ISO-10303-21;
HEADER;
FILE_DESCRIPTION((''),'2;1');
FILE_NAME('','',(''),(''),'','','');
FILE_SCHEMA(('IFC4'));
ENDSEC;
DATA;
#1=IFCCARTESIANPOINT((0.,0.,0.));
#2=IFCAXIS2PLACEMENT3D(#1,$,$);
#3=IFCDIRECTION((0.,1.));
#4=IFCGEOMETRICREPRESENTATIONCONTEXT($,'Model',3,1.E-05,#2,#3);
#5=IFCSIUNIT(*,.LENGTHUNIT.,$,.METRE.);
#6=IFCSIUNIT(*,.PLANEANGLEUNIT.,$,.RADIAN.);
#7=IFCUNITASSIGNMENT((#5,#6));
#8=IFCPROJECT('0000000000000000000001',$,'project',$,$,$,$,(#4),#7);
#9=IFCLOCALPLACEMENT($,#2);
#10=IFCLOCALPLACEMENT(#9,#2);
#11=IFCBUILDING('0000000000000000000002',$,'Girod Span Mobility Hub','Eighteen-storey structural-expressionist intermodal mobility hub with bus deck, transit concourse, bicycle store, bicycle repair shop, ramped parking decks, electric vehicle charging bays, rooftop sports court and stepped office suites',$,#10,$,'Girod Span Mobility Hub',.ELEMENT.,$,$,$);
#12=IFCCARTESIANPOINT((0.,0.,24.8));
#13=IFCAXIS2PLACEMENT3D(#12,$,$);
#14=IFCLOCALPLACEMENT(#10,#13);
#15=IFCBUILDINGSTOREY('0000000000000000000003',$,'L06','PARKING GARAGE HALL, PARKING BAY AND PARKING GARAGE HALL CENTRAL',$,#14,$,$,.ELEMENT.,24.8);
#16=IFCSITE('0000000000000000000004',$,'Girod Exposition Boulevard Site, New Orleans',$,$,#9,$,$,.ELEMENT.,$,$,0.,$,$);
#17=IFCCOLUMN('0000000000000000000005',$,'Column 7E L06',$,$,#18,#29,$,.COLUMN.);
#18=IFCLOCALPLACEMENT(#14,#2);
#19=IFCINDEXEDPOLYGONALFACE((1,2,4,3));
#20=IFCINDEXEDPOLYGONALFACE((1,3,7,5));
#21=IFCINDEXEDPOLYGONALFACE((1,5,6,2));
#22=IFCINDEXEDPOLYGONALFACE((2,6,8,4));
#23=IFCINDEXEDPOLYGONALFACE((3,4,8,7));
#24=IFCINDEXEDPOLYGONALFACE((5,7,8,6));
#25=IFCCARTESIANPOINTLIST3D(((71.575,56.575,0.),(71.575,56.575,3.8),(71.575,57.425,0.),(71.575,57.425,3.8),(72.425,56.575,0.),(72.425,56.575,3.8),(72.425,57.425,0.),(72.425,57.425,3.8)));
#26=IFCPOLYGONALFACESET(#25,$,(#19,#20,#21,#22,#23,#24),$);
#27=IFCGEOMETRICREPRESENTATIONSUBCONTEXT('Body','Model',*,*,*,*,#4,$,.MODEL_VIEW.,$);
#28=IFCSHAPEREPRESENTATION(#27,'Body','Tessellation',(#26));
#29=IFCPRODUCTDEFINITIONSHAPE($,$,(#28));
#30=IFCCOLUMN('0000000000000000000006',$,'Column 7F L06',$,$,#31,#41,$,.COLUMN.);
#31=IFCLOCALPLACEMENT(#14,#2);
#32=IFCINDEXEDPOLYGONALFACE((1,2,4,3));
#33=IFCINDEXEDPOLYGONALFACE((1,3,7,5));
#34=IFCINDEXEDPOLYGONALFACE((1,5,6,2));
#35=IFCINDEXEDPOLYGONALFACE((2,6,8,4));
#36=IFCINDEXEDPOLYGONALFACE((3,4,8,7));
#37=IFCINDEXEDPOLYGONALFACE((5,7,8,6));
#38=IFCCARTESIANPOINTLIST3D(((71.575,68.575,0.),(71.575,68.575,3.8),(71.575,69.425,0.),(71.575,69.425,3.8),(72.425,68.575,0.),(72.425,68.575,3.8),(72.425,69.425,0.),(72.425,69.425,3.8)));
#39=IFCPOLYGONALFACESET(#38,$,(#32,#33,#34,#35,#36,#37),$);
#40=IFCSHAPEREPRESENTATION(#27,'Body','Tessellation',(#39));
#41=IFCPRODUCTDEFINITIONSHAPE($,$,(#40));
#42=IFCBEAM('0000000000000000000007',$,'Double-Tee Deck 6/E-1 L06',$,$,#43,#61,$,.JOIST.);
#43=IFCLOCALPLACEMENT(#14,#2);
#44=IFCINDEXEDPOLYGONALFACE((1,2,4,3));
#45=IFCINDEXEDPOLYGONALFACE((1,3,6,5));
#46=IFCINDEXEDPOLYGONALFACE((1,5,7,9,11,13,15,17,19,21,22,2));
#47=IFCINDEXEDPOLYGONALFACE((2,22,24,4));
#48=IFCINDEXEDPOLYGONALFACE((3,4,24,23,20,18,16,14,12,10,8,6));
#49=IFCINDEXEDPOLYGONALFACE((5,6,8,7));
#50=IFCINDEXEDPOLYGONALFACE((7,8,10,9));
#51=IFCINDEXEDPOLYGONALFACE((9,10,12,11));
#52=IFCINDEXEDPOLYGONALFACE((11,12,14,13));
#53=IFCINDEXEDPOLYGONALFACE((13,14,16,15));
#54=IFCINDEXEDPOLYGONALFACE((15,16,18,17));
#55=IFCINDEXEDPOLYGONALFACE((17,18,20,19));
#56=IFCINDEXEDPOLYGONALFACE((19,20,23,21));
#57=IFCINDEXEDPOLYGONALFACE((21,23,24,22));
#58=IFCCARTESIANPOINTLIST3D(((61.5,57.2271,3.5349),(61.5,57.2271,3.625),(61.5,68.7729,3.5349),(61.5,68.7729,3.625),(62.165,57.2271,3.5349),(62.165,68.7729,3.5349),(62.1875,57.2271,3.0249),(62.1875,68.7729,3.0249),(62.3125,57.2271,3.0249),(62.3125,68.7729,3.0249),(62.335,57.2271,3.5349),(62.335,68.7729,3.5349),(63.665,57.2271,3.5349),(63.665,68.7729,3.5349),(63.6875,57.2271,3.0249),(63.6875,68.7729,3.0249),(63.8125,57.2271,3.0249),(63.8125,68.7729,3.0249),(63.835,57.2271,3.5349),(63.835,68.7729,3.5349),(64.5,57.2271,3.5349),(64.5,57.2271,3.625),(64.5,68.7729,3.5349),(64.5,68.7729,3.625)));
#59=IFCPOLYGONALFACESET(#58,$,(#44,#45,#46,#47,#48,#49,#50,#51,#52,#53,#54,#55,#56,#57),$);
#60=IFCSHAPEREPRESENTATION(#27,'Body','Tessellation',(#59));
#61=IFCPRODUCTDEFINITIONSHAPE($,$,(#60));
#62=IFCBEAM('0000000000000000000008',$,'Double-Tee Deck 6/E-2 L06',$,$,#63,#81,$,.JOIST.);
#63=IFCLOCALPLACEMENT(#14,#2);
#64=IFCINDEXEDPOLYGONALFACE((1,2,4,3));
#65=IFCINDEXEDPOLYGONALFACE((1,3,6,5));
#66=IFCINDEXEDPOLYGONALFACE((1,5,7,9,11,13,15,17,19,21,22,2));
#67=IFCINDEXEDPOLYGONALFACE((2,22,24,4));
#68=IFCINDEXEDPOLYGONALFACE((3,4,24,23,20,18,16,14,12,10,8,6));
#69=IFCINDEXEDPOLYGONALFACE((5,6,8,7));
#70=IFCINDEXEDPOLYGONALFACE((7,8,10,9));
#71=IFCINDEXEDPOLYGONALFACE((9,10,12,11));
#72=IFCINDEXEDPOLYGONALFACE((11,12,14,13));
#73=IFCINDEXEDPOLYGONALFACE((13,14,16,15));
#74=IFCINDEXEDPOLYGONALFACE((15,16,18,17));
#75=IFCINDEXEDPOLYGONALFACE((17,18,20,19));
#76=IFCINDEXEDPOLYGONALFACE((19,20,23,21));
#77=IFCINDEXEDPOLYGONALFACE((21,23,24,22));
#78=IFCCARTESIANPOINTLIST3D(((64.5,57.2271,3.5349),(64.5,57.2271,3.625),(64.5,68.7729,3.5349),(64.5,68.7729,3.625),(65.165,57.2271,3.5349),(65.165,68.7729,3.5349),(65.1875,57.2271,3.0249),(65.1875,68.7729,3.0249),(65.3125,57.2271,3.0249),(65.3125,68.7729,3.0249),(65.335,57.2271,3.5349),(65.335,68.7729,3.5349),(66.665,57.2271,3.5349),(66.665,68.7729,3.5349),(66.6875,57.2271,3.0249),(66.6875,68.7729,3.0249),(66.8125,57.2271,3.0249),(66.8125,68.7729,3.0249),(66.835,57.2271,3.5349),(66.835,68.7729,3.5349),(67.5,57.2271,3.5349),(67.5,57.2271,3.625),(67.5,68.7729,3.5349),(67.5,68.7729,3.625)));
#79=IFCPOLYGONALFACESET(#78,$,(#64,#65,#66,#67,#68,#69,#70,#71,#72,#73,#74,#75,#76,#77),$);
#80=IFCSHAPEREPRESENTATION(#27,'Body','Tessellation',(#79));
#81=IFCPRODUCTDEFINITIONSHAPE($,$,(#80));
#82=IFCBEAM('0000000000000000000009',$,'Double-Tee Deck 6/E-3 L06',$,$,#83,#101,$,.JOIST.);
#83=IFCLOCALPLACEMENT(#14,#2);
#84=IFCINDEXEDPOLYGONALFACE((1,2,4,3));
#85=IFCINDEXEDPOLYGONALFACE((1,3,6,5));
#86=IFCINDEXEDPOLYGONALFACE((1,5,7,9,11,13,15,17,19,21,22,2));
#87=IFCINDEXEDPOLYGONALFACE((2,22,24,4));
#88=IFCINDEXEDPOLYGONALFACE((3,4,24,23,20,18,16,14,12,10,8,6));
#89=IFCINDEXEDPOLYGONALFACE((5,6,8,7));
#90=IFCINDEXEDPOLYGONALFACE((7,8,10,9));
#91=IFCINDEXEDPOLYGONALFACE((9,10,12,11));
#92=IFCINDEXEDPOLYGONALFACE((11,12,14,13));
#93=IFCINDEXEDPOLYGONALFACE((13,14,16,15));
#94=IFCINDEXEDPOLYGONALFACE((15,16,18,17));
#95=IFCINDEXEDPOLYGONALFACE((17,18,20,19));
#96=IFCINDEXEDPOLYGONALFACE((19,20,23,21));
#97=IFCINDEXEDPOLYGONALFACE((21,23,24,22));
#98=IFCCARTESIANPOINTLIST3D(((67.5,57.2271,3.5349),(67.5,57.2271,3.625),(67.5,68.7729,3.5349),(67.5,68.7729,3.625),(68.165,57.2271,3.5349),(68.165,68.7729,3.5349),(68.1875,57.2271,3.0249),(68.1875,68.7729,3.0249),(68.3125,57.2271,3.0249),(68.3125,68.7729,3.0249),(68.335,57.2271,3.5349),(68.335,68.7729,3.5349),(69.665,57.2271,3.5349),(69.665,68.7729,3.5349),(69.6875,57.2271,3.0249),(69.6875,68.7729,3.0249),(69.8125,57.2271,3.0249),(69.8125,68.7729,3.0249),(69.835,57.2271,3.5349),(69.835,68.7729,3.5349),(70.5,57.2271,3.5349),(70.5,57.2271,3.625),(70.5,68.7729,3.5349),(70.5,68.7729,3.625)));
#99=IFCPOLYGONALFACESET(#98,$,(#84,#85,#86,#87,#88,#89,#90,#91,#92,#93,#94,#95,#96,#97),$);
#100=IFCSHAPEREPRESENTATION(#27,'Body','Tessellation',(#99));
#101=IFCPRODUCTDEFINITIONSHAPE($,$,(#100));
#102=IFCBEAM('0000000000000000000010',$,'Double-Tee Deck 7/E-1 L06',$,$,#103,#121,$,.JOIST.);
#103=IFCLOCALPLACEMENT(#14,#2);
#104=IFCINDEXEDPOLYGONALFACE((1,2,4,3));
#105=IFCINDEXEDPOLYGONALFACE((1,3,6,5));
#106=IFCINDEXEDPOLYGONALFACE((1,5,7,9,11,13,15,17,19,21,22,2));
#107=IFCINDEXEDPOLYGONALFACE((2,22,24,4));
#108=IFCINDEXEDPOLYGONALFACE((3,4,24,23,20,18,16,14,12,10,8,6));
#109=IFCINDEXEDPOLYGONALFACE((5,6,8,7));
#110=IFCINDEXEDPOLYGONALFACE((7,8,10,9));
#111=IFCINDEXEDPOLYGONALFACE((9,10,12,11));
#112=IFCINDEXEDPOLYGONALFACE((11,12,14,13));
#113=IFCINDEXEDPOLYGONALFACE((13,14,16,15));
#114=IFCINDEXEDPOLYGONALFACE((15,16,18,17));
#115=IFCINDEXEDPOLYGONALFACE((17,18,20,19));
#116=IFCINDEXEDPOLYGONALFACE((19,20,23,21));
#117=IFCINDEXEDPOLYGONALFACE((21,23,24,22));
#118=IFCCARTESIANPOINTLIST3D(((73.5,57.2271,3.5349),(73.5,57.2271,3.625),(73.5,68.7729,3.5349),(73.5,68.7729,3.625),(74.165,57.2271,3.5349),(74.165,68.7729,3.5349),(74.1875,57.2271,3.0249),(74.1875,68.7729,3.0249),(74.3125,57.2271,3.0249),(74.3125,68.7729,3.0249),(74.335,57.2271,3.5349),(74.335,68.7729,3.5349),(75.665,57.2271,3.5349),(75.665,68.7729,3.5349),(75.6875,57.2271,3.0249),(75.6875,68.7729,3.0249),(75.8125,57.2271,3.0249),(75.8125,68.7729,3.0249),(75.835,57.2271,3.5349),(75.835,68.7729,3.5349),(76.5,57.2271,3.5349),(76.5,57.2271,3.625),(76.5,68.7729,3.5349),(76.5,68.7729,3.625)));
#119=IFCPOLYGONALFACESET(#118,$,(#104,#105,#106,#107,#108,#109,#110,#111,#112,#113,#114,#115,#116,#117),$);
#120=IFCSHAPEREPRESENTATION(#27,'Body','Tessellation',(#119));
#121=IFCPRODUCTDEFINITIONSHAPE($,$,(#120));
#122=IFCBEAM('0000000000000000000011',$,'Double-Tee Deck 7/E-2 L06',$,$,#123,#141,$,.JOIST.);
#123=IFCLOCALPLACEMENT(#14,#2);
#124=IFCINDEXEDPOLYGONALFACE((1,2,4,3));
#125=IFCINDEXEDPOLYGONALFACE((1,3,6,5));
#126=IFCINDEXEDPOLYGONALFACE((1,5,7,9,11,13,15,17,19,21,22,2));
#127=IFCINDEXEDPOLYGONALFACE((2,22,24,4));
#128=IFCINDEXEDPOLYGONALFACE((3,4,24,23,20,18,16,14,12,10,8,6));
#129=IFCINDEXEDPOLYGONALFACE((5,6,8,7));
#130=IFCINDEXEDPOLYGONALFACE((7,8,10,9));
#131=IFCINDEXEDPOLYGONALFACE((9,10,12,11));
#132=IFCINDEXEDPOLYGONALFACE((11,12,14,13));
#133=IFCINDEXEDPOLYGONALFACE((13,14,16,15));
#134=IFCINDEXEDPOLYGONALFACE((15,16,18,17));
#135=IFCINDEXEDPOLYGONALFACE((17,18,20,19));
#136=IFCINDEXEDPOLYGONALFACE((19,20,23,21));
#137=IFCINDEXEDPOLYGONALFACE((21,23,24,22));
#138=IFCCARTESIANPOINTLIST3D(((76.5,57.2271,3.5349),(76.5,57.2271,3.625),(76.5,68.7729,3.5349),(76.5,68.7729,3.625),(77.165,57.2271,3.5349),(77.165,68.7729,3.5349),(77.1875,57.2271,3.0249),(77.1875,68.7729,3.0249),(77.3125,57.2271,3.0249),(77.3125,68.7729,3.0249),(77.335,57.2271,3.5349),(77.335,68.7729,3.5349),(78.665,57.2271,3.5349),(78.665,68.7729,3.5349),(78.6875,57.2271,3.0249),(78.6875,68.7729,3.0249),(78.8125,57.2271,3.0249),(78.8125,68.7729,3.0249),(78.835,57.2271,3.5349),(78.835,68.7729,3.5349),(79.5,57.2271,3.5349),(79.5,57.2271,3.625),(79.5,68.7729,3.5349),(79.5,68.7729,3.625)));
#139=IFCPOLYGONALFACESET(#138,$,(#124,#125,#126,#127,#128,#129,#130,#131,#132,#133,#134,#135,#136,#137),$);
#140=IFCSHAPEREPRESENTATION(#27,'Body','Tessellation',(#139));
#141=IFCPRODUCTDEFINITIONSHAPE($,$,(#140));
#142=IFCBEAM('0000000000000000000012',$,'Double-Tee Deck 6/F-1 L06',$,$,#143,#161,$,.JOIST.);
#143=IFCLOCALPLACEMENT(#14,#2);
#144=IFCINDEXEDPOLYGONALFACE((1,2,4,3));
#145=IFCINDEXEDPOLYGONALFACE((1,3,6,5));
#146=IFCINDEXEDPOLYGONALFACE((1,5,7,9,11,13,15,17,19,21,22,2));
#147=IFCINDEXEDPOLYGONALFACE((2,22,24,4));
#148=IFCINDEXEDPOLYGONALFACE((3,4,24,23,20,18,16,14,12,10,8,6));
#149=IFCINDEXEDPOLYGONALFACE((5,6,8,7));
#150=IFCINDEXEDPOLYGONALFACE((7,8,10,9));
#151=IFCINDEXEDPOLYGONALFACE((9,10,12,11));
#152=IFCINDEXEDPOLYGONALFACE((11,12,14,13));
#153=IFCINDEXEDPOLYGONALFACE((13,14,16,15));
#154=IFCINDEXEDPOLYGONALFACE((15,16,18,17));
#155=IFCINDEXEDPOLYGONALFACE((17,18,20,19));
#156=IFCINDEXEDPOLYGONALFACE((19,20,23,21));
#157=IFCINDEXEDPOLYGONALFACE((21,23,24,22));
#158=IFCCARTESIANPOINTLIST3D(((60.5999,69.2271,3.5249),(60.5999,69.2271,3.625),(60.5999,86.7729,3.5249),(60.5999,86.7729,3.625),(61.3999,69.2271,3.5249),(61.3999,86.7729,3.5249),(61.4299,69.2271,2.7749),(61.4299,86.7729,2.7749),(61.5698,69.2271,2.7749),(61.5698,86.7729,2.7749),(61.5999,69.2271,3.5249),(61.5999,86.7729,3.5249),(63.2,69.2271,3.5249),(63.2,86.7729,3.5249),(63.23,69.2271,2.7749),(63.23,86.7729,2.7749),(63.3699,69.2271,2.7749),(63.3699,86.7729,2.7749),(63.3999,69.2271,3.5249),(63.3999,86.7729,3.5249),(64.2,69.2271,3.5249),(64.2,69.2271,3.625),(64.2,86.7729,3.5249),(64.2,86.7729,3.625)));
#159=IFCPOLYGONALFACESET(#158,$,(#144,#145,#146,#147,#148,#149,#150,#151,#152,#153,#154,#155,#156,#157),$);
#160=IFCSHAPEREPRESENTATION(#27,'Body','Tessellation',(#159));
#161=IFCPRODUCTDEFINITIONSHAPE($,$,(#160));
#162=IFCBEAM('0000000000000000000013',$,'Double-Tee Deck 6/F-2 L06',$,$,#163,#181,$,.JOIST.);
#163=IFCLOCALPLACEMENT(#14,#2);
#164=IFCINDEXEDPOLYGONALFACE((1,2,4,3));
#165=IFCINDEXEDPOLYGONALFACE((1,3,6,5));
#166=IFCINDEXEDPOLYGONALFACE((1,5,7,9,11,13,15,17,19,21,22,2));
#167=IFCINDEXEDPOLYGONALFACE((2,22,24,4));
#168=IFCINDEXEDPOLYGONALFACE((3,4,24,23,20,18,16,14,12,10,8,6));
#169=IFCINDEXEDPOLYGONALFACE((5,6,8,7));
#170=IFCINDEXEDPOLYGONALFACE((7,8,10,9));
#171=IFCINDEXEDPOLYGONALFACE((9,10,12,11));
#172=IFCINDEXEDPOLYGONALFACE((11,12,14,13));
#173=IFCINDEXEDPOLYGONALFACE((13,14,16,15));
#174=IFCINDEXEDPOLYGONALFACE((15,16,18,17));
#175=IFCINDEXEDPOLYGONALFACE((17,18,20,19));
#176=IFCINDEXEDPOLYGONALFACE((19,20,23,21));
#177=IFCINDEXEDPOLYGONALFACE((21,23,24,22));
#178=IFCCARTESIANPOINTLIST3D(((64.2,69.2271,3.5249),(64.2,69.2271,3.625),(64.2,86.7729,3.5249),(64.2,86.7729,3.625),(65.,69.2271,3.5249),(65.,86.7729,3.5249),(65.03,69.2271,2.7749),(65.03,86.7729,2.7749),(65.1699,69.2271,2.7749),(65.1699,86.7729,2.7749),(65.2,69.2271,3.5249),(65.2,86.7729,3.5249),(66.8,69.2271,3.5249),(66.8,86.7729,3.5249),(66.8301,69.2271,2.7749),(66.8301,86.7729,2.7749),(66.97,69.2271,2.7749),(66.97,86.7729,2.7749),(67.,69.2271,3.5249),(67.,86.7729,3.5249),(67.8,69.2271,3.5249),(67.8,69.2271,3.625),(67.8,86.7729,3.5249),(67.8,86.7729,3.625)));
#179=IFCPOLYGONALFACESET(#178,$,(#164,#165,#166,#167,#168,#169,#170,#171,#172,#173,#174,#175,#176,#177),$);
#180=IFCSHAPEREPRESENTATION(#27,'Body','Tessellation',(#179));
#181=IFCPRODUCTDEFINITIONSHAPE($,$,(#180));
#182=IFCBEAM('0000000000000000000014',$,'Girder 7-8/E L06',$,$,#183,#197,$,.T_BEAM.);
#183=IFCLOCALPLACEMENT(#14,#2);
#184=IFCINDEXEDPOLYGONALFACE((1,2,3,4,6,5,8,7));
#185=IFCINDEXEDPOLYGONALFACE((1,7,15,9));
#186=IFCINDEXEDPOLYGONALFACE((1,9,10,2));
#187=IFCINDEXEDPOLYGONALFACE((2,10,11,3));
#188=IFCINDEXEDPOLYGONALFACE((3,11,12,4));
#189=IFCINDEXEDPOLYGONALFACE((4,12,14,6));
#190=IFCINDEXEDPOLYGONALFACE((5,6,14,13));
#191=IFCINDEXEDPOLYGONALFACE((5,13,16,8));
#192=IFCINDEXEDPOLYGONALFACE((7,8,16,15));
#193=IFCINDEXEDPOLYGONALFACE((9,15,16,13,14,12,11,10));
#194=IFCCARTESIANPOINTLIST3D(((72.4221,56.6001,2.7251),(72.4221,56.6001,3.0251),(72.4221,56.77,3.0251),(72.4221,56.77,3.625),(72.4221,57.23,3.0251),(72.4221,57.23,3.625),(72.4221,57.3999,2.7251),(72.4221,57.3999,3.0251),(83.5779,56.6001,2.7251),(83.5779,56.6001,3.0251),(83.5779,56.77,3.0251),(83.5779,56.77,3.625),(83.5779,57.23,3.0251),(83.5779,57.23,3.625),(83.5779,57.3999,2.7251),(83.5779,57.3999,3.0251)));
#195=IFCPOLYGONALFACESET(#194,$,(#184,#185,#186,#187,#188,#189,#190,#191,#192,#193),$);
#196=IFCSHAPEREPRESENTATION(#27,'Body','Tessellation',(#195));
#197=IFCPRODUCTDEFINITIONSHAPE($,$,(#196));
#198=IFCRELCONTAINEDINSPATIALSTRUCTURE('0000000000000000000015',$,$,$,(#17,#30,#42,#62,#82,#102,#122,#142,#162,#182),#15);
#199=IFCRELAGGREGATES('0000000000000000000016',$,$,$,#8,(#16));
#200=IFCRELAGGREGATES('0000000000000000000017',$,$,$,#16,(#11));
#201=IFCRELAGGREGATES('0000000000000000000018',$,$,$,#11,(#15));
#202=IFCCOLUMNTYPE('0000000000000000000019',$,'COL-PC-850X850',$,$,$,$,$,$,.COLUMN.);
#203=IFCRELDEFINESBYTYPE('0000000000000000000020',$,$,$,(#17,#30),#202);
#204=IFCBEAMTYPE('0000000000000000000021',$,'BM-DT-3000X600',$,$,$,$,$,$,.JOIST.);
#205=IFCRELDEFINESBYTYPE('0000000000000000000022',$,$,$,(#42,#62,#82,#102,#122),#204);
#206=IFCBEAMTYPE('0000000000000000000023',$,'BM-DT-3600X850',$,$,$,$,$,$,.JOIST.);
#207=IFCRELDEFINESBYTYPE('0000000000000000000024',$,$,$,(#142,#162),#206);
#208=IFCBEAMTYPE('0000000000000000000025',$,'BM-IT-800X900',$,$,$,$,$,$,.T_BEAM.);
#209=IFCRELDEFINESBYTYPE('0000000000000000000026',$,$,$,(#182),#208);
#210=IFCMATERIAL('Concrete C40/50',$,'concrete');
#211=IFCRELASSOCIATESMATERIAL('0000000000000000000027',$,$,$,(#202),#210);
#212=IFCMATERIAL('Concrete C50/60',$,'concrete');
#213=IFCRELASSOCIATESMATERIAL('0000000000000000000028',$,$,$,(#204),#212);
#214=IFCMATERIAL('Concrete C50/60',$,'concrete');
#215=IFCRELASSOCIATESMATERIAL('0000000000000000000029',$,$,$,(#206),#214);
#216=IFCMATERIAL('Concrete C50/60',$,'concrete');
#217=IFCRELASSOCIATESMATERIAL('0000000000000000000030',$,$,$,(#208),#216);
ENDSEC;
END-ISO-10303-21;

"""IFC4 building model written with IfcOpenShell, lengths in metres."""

from ifc_helpers import new_model, si_unit, direction, frame, origin, origin_2d, place, context, subcontext, project, spatial, polyline, rectangle, outline, extrude, material, material_profile, profile_set, type_object, element, save


model = new_model("IFC4")

# Units and contexts
model_context = context("Model", 3, precision=1e-05, world=origin(), true_north=direction((0.0, 1.0)))
body_context = subcontext(model_context, "Body", "Model", "MODEL_VIEW")
ifc_project = project(units=[si_unit("LENGTHUNIT", "METRE"), si_unit("PLANEANGLEUNIT", "RADIAN")], contexts=[model_context])

# Site, building, storey
site_placement = place(None, origin())
site = spatial("IfcSite", under=ifc_project, at=site_placement, Name="Girod Exposition Boulevard Site, New Orleans", CompositionType="ELEMENT", RefElevation=0.0)
building_placement = place(site_placement, origin())
building = spatial("IfcBuilding", under=site, at=building_placement, Name="Girod Span Mobility Hub", Description="Eighteen-storey structural-expressionist intermodal mobility hub with bus deck, transit concourse, bicycle store, bicycle repair shop, ramped parking decks, electric vehicle charging bays, rooftop sports court and stepped office suites", LongName="Girod Span Mobility Hub", CompositionType="ELEMENT")
storey_placement = place(building_placement, frame((0.0, 0.0, 24.8)))
storey = spatial("IfcBuildingStorey", under=building, at=storey_placement, Name="L06", Description="PARKING GARAGE HALL, PARKING BAY AND PARKING GARAGE HALL CENTRAL", CompositionType="ELEMENT", Elevation=24.8)

# Columns
ifc_material_1 = material(Name="Concrete C40/50", Category="concrete")
ifc_material_profile_1 = material_profile(ifc_material_1, rectangle(XDim=0.8501, YDim=0.8501, at=origin_2d()), Name="PC-COL-850X850")
ifc_profile_set_1 = profile_set([ifc_material_profile_1], Name="Concrete C40/50")
column_type = type_object("IfcColumnType", Name="COL-PC-850X850", PredefinedType="COLUMN", material=ifc_profile_set_1)
for number, where, z_axis, x_axis, name in (
    (1, (72.0, 57.0, 0.0), (0.0, 0.0, 1.0), (1.0, 0.0, 0.0), "Column 7E L06"),
    (2, (72.0, 69.0, 0.0), (0.0, 0.0, 1.0), (1.0, 0.0, 0.0), "Column 7F L06"),
):
    element("IfcColumn", number, at=place(storey_placement, frame(where, z_axis=z_axis, x_axis=x_axis)), inside=storey, type_object=column_type, Name=name, PredefinedType="COLUMN", context=body_context, shape_type="SweptSolid", body=[
        extrude(rectangle(XDim=0.8501, YDim=0.8501, at=origin_2d()), origin(), (0.0, 0.0, 1.0), 3.8),
    ])

# Beams
ifc_material_2 = material(Name="Concrete C50/60", Category="concrete")
ifc_material_profile_2 = material_profile(ifc_material_2, outline(polyline([(-1.5, 0.3), (-1.5, 0.21), (-0.835, 0.21), (-0.8125, -0.3), (-0.6875, -0.3), (-0.665, 0.21), (0.665, 0.21), (0.6875, -0.3), (0.8125, -0.3), (0.835, 0.21), (1.5, 0.21), (1.5, 0.3), (-1.5, 0.3)])), Name="DT-3000X600")
ifc_profile_set_2 = profile_set([ifc_material_profile_2], Name="Concrete C50/60")
beam_type_1 = type_object("IfcBeamType", Name="BM-DT-3000X600", PredefinedType="JOIST", material=ifc_profile_set_2)
for number, where, z_axis, x_axis, name in (
    (3, (63.0, 57.2271, 3.325), (0.0, 1.0, 0.0), (-1.0, 0.0, 0.0), "Double-Tee Deck 6/E-1 L06"),
    (4, (66.0, 57.2271, 3.325), (0.0, 1.0, 0.0), (-1.0, 0.0, 0.0), "Double-Tee Deck 6/E-2 L06"),
    (5, (69.0, 57.2271, 3.325), (0.0, 1.0, 0.0), (-1.0, 0.0, 0.0), "Double-Tee Deck 6/E-3 L06"),
    (6, (75.0, 57.2271, 3.325), (0.0, 1.0, 0.0), (-1.0, 0.0, 0.0), "Double-Tee Deck 7/E-1 L06"),
    (7, (78.0, 57.2271, 3.325), (0.0, 1.0, 0.0), (-1.0, 0.0, 0.0), "Double-Tee Deck 7/E-2 L06"),
):
    element("IfcBeam", number, at=place(storey_placement, frame(where, z_axis=z_axis, x_axis=x_axis)), inside=storey, type_object=beam_type_1, Name=name, PredefinedType="JOIST", context=body_context, shape_type="SweptSolid", body=[
        extrude(outline(polyline([(-1.5, 0.3), (-1.5, 0.21), (-0.835, 0.21), (-0.8125, -0.3), (-0.6875, -0.3), (-0.665, 0.21), (0.665, 0.21), (0.6875, -0.3), (0.8125, -0.3), (0.835, 0.21), (1.5, 0.21), (1.5, 0.3), (-1.5, 0.3)])), origin(), (0.0, 0.0, 1.0), 11.5459),
    ])
ifc_material_3 = material(Name="Concrete C50/60", Category="concrete")
ifc_material_profile_3 = material_profile(ifc_material_3, outline(polyline([(-1.8, 0.425), (-1.8, 0.325), (-1.0, 0.325), (-0.97, -0.425), (-0.8301, -0.425), (-0.8, 0.325), (0.8, 0.325), (0.8301, -0.425), (0.97, -0.425), (1.0, 0.325), (1.8, 0.325), (1.8, 0.425), (-1.8, 0.425)])), Name="DT-3600X850")
ifc_profile_set_3 = profile_set([ifc_material_profile_3], Name="Concrete C50/60")
beam_type_2 = type_object("IfcBeamType", Name="BM-DT-3600X850", PredefinedType="JOIST", material=ifc_profile_set_3)
for number, where, z_axis, x_axis, name in (
    (8, (62.3999, 69.2271, 3.2), (0.0, 1.0, 0.0), (-1.0, 0.0, 0.0), "Double-Tee Deck 6/F-1 L06"),
    (9, (66.0, 69.2271, 3.2), (0.0, 1.0, 0.0), (-1.0, 0.0, 0.0), "Double-Tee Deck 6/F-2 L06"),
):
    element("IfcBeam", number, at=place(storey_placement, frame(where, z_axis=z_axis, x_axis=x_axis)), inside=storey, type_object=beam_type_2, Name=name, PredefinedType="JOIST", context=body_context, shape_type="SweptSolid", body=[
        extrude(outline(polyline([(-1.8, 0.425), (-1.8, 0.325), (-1.0, 0.325), (-0.97, -0.425), (-0.8301, -0.425), (-0.8, 0.325), (0.8, 0.325), (0.8301, -0.425), (0.97, -0.425), (1.0, 0.325), (1.8, 0.325), (1.8, 0.425), (-1.8, 0.425)])), origin(), (0.0, 0.0, 1.0), 17.5459),
    ])
ifc_material_4 = material(Name="Concrete C50/60", Category="concrete")
ifc_material_profile_4 = material_profile(ifc_material_4, outline(polyline([(-0.3999, -0.45), (0.3999, -0.45), (0.3999, -0.1499), (0.23, -0.1499), (0.23, 0.45), (-0.23, 0.45), (-0.23, -0.1499), (-0.3999, -0.1499), (-0.3999, -0.45)])), Name="IT-800X900")
ifc_profile_set_4 = profile_set([ifc_material_profile_4], Name="Concrete C50/60")
beam_type_3 = type_object("IfcBeamType", Name="BM-IT-800X900", PredefinedType="T_BEAM", material=ifc_profile_set_4)
for number, where, z_axis, x_axis, name in (
    (10, (72.4221, 57.0, 3.175), (1.0, 0.0, 0.0), (0.0, 1.0, 0.0), "Girder 7-8/E L06"),
):
    element("IfcBeam", number, at=place(storey_placement, frame(where, z_axis=z_axis, x_axis=x_axis)), inside=storey, type_object=beam_type_3, Name=name, PredefinedType="T_BEAM", context=body_context, shape_type="SweptSolid", body=[
        extrude(outline(polyline([(-0.3999, -0.45), (0.3999, -0.45), (0.3999, -0.1499), (0.23, -0.1499), (0.23, 0.45), (-0.23, 0.45), (-0.23, -0.1499), (-0.3999, -0.1499), (-0.3999, -0.45)])), origin(), (0.0, 0.0, 1.0), 11.1558),
    ])

save(model, "model.ifc")
